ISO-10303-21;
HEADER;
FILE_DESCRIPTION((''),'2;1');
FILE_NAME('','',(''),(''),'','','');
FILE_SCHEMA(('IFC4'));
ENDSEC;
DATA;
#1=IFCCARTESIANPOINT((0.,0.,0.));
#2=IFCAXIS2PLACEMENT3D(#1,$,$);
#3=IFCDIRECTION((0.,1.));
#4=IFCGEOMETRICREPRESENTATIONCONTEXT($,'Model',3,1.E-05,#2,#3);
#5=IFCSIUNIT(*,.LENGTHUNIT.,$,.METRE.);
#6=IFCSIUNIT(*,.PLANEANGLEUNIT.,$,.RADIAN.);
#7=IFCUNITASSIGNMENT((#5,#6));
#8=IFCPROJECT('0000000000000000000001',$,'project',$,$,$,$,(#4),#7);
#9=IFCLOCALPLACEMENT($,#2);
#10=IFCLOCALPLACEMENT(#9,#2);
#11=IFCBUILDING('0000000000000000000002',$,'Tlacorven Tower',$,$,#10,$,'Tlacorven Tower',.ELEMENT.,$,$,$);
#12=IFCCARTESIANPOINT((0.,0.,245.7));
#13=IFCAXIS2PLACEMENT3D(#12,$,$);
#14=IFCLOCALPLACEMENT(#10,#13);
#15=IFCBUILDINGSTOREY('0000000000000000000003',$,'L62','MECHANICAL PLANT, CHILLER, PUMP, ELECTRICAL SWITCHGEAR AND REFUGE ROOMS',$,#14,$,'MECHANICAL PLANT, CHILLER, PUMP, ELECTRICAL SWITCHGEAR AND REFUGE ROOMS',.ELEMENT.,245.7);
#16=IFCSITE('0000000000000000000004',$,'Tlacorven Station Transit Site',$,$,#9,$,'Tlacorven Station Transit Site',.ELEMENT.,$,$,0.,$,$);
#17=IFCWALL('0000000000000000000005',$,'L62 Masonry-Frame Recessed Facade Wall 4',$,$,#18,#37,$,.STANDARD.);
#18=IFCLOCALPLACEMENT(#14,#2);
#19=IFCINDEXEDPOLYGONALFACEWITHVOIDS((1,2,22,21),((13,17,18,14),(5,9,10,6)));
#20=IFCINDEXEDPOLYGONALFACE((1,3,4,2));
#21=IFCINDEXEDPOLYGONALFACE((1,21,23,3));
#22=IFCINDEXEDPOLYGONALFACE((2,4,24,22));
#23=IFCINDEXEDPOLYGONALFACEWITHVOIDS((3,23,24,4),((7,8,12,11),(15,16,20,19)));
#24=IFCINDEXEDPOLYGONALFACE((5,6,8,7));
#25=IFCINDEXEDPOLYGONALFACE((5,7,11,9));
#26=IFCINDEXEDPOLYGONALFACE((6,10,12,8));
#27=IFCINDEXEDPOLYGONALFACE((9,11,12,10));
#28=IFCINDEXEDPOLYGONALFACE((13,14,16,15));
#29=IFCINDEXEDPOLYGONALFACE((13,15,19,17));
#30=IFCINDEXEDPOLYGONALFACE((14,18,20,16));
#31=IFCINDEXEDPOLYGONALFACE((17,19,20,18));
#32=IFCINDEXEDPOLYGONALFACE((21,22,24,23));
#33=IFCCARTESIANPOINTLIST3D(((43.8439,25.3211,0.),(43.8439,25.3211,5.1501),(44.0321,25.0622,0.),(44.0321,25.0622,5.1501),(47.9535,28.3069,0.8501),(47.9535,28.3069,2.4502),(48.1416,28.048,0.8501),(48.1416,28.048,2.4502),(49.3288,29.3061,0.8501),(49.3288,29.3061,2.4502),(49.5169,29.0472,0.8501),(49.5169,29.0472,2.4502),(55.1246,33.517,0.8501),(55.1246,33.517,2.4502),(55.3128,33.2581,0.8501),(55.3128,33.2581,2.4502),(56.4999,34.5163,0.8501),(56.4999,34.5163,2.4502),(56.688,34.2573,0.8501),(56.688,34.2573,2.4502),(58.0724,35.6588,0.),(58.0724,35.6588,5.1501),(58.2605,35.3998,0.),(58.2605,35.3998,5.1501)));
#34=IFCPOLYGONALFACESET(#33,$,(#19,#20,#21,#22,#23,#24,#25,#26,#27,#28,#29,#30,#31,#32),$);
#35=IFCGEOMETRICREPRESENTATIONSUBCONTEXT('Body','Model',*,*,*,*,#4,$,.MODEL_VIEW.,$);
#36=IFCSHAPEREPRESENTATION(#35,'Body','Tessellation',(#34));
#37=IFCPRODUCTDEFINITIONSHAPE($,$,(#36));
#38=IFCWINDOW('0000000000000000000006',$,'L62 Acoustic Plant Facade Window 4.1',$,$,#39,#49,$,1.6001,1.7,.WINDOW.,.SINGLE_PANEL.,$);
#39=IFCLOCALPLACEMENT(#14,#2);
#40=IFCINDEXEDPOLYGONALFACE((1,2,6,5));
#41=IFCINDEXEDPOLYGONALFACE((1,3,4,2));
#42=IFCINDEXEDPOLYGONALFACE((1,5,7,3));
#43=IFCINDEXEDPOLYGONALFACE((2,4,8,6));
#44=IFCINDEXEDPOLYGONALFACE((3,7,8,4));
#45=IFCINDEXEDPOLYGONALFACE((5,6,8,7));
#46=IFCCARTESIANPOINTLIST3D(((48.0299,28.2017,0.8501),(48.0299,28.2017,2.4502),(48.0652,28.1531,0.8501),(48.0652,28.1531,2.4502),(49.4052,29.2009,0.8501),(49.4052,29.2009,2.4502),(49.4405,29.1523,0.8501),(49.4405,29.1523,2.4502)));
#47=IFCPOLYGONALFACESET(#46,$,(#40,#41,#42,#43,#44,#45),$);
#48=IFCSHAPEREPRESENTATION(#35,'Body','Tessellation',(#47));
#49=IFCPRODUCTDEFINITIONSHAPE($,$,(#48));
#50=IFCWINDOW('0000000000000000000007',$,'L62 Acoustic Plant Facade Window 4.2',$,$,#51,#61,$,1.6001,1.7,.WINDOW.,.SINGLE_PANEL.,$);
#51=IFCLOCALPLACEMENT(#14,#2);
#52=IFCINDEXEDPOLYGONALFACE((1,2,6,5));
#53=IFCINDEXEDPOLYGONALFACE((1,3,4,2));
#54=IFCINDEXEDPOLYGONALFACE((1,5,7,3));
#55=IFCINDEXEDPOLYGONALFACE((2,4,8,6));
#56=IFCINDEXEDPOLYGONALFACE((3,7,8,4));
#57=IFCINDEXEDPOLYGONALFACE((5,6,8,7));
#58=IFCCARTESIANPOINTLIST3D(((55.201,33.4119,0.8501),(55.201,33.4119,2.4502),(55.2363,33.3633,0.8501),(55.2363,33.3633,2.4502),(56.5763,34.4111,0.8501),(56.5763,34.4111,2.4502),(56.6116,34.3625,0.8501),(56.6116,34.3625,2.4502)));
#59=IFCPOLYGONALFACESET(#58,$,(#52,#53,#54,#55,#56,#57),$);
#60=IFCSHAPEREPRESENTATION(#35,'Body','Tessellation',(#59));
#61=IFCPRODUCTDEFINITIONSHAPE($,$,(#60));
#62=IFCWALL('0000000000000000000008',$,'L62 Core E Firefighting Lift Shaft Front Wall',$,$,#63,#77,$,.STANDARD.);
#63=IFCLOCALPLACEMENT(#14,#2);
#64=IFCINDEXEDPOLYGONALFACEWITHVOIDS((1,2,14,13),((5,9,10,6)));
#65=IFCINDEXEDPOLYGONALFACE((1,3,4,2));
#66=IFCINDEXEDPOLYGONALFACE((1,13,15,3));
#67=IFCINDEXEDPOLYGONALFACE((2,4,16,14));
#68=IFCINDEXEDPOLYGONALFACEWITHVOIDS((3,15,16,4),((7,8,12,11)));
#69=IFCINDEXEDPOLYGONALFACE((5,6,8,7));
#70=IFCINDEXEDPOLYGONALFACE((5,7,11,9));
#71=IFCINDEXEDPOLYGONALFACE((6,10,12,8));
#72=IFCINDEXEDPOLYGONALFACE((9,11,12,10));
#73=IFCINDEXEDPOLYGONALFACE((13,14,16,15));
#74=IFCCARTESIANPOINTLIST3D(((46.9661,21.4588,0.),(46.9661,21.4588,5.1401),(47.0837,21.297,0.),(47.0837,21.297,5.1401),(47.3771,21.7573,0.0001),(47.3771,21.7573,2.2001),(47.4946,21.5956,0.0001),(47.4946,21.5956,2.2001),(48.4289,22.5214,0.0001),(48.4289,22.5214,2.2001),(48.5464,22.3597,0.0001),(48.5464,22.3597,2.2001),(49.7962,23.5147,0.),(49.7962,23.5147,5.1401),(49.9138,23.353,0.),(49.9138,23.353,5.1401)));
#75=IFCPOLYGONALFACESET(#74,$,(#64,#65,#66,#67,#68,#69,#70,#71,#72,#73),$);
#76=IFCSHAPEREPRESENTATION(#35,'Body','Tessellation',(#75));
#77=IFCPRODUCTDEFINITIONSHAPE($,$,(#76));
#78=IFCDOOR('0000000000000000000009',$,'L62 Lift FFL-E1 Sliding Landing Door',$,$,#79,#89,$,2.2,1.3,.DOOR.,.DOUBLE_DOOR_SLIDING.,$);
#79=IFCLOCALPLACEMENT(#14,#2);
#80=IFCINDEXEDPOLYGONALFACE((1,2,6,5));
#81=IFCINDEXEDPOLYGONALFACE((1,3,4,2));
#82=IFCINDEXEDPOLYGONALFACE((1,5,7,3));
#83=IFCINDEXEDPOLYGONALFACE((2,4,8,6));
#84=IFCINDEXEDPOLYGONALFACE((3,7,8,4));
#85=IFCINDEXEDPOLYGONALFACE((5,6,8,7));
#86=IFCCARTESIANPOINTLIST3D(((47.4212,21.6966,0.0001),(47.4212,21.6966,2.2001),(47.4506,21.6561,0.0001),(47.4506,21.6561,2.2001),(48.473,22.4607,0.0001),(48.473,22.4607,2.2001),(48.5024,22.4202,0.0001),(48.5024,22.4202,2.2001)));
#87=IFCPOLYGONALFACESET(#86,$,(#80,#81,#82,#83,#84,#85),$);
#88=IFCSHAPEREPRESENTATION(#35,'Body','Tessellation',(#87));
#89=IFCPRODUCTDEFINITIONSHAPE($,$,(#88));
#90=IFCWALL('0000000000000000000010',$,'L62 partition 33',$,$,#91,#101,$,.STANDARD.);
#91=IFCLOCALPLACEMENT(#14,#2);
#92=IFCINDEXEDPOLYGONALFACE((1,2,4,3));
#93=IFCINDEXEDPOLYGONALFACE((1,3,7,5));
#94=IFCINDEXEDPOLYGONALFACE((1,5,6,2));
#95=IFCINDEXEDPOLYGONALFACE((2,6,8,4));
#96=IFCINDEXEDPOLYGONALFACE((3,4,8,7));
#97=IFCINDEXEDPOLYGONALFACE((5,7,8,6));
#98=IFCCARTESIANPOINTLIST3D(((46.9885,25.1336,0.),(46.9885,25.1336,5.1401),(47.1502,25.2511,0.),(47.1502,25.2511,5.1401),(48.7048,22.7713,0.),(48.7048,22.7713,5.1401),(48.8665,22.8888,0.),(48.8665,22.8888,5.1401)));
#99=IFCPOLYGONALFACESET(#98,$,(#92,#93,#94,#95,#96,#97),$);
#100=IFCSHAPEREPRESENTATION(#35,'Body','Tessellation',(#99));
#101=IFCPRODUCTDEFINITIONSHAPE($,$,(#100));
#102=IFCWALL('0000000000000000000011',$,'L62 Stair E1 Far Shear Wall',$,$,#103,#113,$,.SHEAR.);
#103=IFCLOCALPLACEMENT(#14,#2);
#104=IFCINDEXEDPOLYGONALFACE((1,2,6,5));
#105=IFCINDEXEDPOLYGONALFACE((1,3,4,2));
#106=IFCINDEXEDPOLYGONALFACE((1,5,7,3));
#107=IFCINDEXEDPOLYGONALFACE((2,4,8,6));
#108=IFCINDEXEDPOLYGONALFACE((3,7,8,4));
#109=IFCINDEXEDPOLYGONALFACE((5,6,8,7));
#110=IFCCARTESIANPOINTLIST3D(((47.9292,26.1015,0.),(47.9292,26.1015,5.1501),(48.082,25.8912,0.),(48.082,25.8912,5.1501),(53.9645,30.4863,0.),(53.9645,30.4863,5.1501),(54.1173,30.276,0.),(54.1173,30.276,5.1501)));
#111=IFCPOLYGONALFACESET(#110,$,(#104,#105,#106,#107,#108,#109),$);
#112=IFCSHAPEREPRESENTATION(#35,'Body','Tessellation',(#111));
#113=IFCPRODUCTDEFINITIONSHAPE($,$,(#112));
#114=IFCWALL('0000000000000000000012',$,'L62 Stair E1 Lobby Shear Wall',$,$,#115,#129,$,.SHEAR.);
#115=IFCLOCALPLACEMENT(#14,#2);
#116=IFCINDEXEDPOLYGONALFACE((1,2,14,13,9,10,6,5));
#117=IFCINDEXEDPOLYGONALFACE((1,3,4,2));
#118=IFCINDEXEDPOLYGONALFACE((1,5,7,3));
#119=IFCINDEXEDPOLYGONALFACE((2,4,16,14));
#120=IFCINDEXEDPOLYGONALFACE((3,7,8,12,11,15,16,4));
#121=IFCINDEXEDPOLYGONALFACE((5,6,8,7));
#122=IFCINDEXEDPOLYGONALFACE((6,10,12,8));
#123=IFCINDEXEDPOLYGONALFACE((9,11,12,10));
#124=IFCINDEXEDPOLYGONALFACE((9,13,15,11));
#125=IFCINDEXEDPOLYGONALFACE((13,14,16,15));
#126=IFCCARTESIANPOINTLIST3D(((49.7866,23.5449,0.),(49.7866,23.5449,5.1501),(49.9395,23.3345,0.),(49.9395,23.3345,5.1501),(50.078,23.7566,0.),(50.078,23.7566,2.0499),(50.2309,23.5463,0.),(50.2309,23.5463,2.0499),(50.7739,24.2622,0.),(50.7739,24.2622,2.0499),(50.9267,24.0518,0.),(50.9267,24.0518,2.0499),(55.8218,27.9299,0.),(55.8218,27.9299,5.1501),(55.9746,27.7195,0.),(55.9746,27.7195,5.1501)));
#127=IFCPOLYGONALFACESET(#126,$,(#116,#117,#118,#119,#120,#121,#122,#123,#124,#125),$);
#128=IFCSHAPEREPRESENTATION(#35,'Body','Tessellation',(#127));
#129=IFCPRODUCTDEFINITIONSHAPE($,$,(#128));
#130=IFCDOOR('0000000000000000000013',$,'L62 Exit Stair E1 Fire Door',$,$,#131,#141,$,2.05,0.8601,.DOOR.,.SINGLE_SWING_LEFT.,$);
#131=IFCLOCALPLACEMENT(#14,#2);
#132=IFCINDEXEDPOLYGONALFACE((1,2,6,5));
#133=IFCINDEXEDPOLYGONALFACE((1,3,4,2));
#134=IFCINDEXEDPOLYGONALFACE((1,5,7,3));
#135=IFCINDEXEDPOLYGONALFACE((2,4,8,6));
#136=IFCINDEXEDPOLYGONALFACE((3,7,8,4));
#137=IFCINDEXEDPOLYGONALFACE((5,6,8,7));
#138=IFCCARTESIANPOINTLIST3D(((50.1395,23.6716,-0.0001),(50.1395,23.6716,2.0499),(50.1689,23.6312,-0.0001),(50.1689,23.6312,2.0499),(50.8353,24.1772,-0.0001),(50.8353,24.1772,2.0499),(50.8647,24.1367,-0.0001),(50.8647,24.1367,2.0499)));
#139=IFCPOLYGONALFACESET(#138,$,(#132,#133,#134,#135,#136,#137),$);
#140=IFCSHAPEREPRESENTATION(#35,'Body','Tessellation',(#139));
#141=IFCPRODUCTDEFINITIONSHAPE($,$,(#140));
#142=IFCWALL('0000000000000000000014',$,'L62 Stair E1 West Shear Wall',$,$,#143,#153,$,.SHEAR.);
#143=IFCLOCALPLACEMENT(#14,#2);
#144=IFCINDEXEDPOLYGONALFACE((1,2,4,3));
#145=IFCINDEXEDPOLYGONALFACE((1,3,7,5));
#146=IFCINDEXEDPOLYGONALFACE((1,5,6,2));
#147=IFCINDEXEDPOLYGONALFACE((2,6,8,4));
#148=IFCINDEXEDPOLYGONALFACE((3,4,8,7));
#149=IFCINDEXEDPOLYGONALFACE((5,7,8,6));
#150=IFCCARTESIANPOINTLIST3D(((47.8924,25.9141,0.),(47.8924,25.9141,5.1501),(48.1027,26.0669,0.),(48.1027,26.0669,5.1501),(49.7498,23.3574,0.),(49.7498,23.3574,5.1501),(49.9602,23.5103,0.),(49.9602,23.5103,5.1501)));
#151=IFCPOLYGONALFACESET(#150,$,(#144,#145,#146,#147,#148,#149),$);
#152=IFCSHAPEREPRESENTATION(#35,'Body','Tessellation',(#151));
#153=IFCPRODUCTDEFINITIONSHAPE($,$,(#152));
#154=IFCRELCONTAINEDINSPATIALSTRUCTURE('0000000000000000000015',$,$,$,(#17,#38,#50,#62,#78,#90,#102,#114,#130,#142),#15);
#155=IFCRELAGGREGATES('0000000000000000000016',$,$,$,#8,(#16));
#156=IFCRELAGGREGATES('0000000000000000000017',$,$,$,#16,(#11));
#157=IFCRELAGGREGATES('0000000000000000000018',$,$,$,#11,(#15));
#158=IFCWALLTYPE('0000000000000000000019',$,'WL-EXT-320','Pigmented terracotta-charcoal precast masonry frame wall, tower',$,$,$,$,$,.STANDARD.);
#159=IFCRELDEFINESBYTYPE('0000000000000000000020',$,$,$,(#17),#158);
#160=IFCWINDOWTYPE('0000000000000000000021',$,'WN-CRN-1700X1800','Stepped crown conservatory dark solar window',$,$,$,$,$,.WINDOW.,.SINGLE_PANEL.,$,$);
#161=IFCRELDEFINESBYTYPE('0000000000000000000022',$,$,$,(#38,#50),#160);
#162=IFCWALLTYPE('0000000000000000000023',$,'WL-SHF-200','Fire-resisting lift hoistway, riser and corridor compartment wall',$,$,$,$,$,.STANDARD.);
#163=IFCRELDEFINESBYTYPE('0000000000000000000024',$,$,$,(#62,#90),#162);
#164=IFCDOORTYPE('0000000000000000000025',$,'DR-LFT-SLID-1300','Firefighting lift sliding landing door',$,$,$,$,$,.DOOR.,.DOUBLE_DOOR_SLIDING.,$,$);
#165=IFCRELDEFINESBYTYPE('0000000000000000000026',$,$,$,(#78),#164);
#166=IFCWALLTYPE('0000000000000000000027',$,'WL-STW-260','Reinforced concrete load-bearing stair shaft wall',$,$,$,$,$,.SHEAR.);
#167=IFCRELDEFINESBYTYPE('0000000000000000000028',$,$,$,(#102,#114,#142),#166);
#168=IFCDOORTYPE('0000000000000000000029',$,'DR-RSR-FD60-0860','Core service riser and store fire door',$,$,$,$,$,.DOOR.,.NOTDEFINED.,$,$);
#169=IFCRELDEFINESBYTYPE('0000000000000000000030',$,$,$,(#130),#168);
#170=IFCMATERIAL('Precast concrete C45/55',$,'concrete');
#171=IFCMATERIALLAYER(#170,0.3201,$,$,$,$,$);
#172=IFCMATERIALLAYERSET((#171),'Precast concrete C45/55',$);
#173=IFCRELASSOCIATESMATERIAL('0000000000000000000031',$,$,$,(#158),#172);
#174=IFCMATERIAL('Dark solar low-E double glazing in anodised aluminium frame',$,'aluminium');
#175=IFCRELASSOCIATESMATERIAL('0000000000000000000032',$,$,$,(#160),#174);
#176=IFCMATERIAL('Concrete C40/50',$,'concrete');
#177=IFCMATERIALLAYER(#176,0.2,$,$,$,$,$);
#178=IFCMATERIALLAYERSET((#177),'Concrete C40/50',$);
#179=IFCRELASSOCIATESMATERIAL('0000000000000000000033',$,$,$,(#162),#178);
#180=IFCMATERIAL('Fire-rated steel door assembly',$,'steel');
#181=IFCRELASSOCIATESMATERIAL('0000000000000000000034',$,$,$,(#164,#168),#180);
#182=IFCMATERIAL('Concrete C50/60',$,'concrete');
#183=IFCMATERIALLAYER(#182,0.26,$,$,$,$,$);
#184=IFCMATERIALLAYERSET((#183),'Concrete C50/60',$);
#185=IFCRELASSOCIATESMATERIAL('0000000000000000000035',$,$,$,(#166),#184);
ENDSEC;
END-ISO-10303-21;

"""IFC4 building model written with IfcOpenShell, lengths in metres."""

from ifc_helpers import new_model, si_unit, direction, frame, frame_2d, origin, place, context, subcontext, project, spatial, rectangle, extrude, source, transform, mapped, material, layer, layer_set, type_object, element, fill, save


model = new_model("IFC4")

# Units and contexts
model_context = context("Model", 3, precision=1e-05, world=origin(), true_north=direction((0.0, 1.0)))
body_context = subcontext(model_context, "Body", "Model", "MODEL_VIEW")
ifc_project = project(units=[si_unit("LENGTHUNIT", "METRE"), si_unit("PLANEANGLEUNIT", "RADIAN")], contexts=[model_context])

# Site, building, storey
site_placement = place(None, origin())
site = spatial("IfcSite", under=ifc_project, at=site_placement, Name="Tlacorven Station Transit Site", LongName="Tlacorven Station Transit Site", CompositionType="ELEMENT", RefElevation=0.0)
building_placement = place(site_placement, origin())
building = spatial("IfcBuilding", under=site, at=building_placement, Name="Tlacorven Tower", LongName="Tlacorven Tower", CompositionType="ELEMENT")
storey_placement = place(building_placement, frame((0.0, 0.0, 245.7)))
storey = spatial("IfcBuildingStorey", under=building, at=storey_placement, Name="L62", Description="MECHANICAL PLANT, CHILLER, PUMP, ELECTRICAL SWITCHGEAR AND REFUGE ROOMS", LongName="MECHANICAL PLANT, CHILLER, PUMP, ELECTRICAL SWITCHGEAR AND REFUGE ROOMS", CompositionType="ELEMENT", Elevation=245.7)

# Shared definitions
ifc_material_1 = material(Name="Concrete C50/60", Category="concrete")

# Wall, openings, windows
ifc_material_2 = material(Name="Precast concrete C45/55", Category="concrete")
ifc_layer_1 = layer(ifc_material_2, 0.3201)
ifc_layer_set_1 = layer_set([ifc_layer_1], Name="Precast concrete C45/55")
wall_type_1 = type_object("IfcWallType", Name="WL-EXT-320", Description="Pigmented terracotta-charcoal precast masonry frame wall, tower", PredefinedType="STANDARD", material=ifc_layer_set_1)
wall_1_placement = place(storey_placement, frame((43.938, 25.1917, 0.0), z_axis=(0.0, 0.0, 1.0), x_axis=(0.809016, 0.587786, 0.0)))
wall_1 = element("IfcWall", 1, at=wall_1_placement, inside=storey, type_object=wall_type_1, Name="L62 Masonry-Frame Recessed Facade Wall 4", PredefinedType="STANDARD", context=body_context, shape_type="SweptSolid", body=[
    extrude(rectangle(XDim=17.5874, YDim=0.3201, at=frame_2d((8.7937, 0.0))), origin(), (0.0, 0.0, 1.0), 5.1501),
])
opening_1_placement = place(wall_1_placement, frame((5.0796, 0.0, 0.8501)))
opening_1 = element("IfcOpeningElement", 2, at=opening_1_placement, cuts=wall_1, PredefinedType="OPENING", context=body_context, shape_type="SweptSolid", body=[
    extrude(rectangle(XDim=1.7, YDim=1.6001, at=frame_2d((0.8501, 0.8))), frame((0.0, 0.1699, 0.0), z_axis=(0.0, -1.0, 0.0), x_axis=(1.0, 0.0, 0.0)), (0.0, 0.0, 1.0), 0.3401),
])
opening_2_placement = place(wall_1_placement, frame((13.9436, 0.0, 0.8501)))
opening_2 = element("IfcOpeningElement", 3, at=opening_2_placement, cuts=wall_1, PredefinedType="OPENING", context=body_context, shape_type="SweptSolid", body=[
    extrude(rectangle(XDim=1.7, YDim=1.6001, at=frame_2d((0.8501, 0.8))), frame((0.0, 0.1699, 0.0), z_axis=(0.0, -1.0, 0.0), x_axis=(1.0, 0.0, 0.0)), (0.0, 0.0, 1.0), 0.3401),
])
ifc_material_3 = material(Name="Dark solar low-E double glazing in anodised aluminium frame", Category="aluminium")
window_type = type_object("IfcWindowType", Name="WN-CRN-1700X1800", Description="Stepped crown conservatory dark solar window", PartitioningType="SINGLE_PANEL", PredefinedType="WINDOW", material=ifc_material_3)
shared_shape_1 = source(origin(), body_context, "Body", "SweptSolid", [
    extrude(rectangle(XDim=1.7, YDim=1.6001, at=frame_2d((0.8501, 0.8))), frame((0.0, 0.03, 0.0), z_axis=(0.0, -1.0, 0.0), x_axis=(1.0, 0.0, 0.0)), (0.0, 0.0, 1.0), 0.0601),
])
window_1_placement = place(opening_1_placement, origin())
window_1 = element("IfcWindow", 4, at=window_1_placement, inside=storey, type_object=window_type, Name="L62 Acoustic Plant Facade Window 4.1", OverallHeight=1.6001, OverallWidth=1.7, PartitioningType="SINGLE_PANEL", PredefinedType="WINDOW", context=body_context, shape_type="MappedRepresentation", body=[
    mapped(shared_shape_1, transform((0.0, 0.0, 0.0), scale=1.0)),
])
fill(opening_1, window_1)
window_2_placement = place(opening_2_placement, origin())
window_2 = element("IfcWindow", 5, at=window_2_placement, inside=storey, type_object=window_type, Name="L62 Acoustic Plant Facade Window 4.2", OverallHeight=1.6001, OverallWidth=1.7, PartitioningType="SINGLE_PANEL", PredefinedType="WINDOW", context=body_context, shape_type="MappedRepresentation", body=[
    mapped(shared_shape_1, transform((0.0, 0.0, 0.0), scale=1.0)),
])
fill(opening_2, window_2)

# Wall, opening, door
ifc_material_4 = material(Name="Concrete C40/50", Category="concrete")
ifc_layer_2 = layer(ifc_material_4, 0.2)
ifc_layer_set_2 = layer_set([ifc_layer_2], Name="Concrete C40/50")
wall_type_2 = type_object("IfcWallType", Name="WL-SHF-200", Description="Fire-resisting lift hoistway, riser and corridor compartment wall", PredefinedType="STANDARD", material=ifc_layer_set_2)
wall_2_placement = place(storey_placement, frame((47.0249, 21.3779, 0.0), z_axis=(0.0, 0.0, 1.0), x_axis=(0.809053, 0.587736, 0.0)))
wall_2 = element("IfcWall", 6, at=wall_2_placement, inside=storey, type_object=wall_type_2, Name="L62 Core E Firefighting Lift Shaft Front Wall", PredefinedType="STANDARD", context=body_context, shape_type="SweptSolid", body=[
    extrude(rectangle(XDim=3.498, YDim=0.2, at=frame_2d((1.749, 0.0))), origin(), (0.0, 0.0, 1.0), 5.1401),
])
opening_3_placement = place(wall_2_placement, frame((0.5081, 0.0, 0.0)))
opening_3 = element("IfcOpeningElement", 7, at=opening_3_placement, cuts=wall_2, PredefinedType="OPENING", context=body_context, shape_type="SweptSolid", body=[
    extrude(rectangle(XDim=1.3, YDim=2.2, at=frame_2d((0.6499, 1.1001))), frame((0.0, 0.1099, 0.0), z_axis=(0.0, -1.0, 0.0), x_axis=(1.0, 0.0, 0.0)), (0.0, 0.0, 1.0), 0.22),
])
ifc_material_5 = material(Name="Fire-rated steel door assembly", Category="steel")
door_type_1 = type_object("IfcDoorType", Name="DR-LFT-SLID-1300", Description="Firefighting lift sliding landing door", OperationType="DOUBLE_DOOR_SLIDING", PredefinedType="DOOR", material=ifc_material_5)
shared_shape_2 = source(origin(), body_context, "Body", "SweptSolid", [
    extrude(rectangle(XDim=1.3, YDim=2.2, at=frame_2d((0.6499, 1.1001))), frame((0.0, 0.0249, 0.0), z_axis=(0.0, -1.0, 0.0), x_axis=(1.0, 0.0, 0.0)), (0.0, 0.0, 1.0), 0.05),
])
door_1_placement = place(opening_3_placement, origin())
door_1 = element("IfcDoor", 8, at=door_1_placement, inside=storey, type_object=door_type_1, Name="L62 Lift FFL-E1 Sliding Landing Door", OperationType="DOUBLE_DOOR_SLIDING", OverallHeight=2.2, OverallWidth=1.3, PredefinedType="DOOR", context=body_context, shape_type="MappedRepresentation", body=[
    mapped(shared_shape_2, transform((0.0, 0.0, 0.0), scale=1.0)),
])
fill(opening_3, door_1)

# Walls
wall_3_placement = place(storey_placement, frame((48.7856, 22.8301, 0.0), z_axis=(0.0, 0.0, 1.0), x_axis=(-0.587784, 0.809018, 0.0)))
element("IfcWall", 9, at=wall_3_placement, inside=storey, type_object=wall_type_2, Name="L62 partition 33", PredefinedType="STANDARD", context=body_context, shape_type="SweptSolid", body=[
    extrude(rectangle(XDim=2.9199, YDim=0.2, at=frame_2d((1.46, 0.0))), origin(), (0.0, 0.0, 1.0), 5.1401),
])
ifc_layer_3 = layer(ifc_material_1, 0.26)
ifc_layer_set_3 = layer_set([ifc_layer_3], Name="Concrete C50/60")
wall_type_3 = type_object("IfcWallType", Name="WL-STW-260", Description="Reinforced concrete load-bearing stair shaft wall", PredefinedType="SHEAR", material=ifc_layer_set_3)
wall_4_placement = place(storey_placement, frame((48.0056, 25.9963, 0.0), z_axis=(0.0, 0.0, 1.0), x_axis=(0.809019, 0.587782, 0.0)))
element("IfcWall", 10, at=wall_4_placement, inside=storey, type_object=wall_type_3, Name="L62 Stair E1 Far Shear Wall", PredefinedType="SHEAR", context=body_context, shape_type="SweptSolid", body=[
    extrude(rectangle(XDim=7.46, YDim=0.26, at=frame_2d((3.73, 0.0))), origin(), (0.0, 0.0, 1.0), 5.1501),
])

# Wall, opening, door
wall_5_placement = place(storey_placement, frame((49.863, 23.4397, 0.0), z_axis=(0.0, 0.0, 1.0), x_axis=(0.809003, 0.587804, 0.0)))
wall_5 = element("IfcWall", 11, at=wall_5_placement, inside=storey, type_object=wall_type_3, Name="L62 Stair E1 Lobby Shear Wall", PredefinedType="SHEAR", context=body_context, shape_type="SweptSolid", body=[
    extrude(rectangle(XDim=7.46, YDim=0.26, at=frame_2d((3.73, 0.0))), origin(), (0.0, 0.0, 1.0), 5.1501),
])
opening_4_placement = place(wall_5_placement, frame((0.3601, 0.0, 0.0)))
opening_4 = element("IfcOpeningElement", 12, at=opening_4_placement, cuts=wall_5, PredefinedType="OPENING", context=body_context, shape_type="SweptSolid", body=[
    extrude(rectangle(XDim=0.8601, YDim=2.05, at=frame_2d((0.4302, 1.0249))), frame((0.0, 0.1401, 0.0), z_axis=(0.0, -1.0, 0.0), x_axis=(1.0, 0.0, 0.0)), (0.0, 0.0, 1.0), 0.28),
])
door_type_2 = type_object("IfcDoorType", Name="DR-RSR-FD60-0860", Description="Core service riser and store fire door", OperationType="NOTDEFINED", PredefinedType="DOOR", material=ifc_material_5)
shared_shape_3 = source(origin(), body_context, "Body", "SweptSolid", [
    extrude(rectangle(XDim=0.8601, YDim=2.05, at=frame_2d((0.4302, 1.0249))), frame((0.0, 0.0249, 0.0), z_axis=(0.0, -1.0, 0.0), x_axis=(1.0, 0.0, 0.0)), (0.0, 0.0, 1.0), 0.05),
])
door_2_placement = place(opening_4_placement, frame((0.8601, 0.0, 0.0), z_axis=(0.0, 0.0, 1.0), x_axis=(-1.0, 0.0, 0.0)))
door_2 = element("IfcDoor", 13, at=door_2_placement, inside=storey, type_object=door_type_2, Name="L62 Exit Stair E1 Fire Door", OperationType="SINGLE_SWING_LEFT", OverallHeight=2.05, OverallWidth=0.8601, PredefinedType="DOOR", context=body_context, shape_type="MappedRepresentation", body=[
    mapped(shared_shape_3, transform((0.0, 0.0, 0.0), scale=1.0)),
])
fill(opening_4, door_2)

# Wall
wall_6_placement = place(storey_placement, frame((49.855, 23.4338, 0.0), z_axis=(0.0, 0.0, 1.0), x_axis=(-0.587767, 0.80903, 0.0)))
element("IfcWall", 14, at=wall_6_placement, inside=storey, type_object=wall_type_3, Name="L62 Stair E1 West Shear Wall", PredefinedType="SHEAR", context=body_context, shape_type="SweptSolid", body=[
    extrude(rectangle(XDim=3.1602, YDim=0.26, at=frame_2d((1.5801, 0.0))), origin(), (0.0, 0.0, 1.0), 5.1501),
])

save(model, "model.ifc")
